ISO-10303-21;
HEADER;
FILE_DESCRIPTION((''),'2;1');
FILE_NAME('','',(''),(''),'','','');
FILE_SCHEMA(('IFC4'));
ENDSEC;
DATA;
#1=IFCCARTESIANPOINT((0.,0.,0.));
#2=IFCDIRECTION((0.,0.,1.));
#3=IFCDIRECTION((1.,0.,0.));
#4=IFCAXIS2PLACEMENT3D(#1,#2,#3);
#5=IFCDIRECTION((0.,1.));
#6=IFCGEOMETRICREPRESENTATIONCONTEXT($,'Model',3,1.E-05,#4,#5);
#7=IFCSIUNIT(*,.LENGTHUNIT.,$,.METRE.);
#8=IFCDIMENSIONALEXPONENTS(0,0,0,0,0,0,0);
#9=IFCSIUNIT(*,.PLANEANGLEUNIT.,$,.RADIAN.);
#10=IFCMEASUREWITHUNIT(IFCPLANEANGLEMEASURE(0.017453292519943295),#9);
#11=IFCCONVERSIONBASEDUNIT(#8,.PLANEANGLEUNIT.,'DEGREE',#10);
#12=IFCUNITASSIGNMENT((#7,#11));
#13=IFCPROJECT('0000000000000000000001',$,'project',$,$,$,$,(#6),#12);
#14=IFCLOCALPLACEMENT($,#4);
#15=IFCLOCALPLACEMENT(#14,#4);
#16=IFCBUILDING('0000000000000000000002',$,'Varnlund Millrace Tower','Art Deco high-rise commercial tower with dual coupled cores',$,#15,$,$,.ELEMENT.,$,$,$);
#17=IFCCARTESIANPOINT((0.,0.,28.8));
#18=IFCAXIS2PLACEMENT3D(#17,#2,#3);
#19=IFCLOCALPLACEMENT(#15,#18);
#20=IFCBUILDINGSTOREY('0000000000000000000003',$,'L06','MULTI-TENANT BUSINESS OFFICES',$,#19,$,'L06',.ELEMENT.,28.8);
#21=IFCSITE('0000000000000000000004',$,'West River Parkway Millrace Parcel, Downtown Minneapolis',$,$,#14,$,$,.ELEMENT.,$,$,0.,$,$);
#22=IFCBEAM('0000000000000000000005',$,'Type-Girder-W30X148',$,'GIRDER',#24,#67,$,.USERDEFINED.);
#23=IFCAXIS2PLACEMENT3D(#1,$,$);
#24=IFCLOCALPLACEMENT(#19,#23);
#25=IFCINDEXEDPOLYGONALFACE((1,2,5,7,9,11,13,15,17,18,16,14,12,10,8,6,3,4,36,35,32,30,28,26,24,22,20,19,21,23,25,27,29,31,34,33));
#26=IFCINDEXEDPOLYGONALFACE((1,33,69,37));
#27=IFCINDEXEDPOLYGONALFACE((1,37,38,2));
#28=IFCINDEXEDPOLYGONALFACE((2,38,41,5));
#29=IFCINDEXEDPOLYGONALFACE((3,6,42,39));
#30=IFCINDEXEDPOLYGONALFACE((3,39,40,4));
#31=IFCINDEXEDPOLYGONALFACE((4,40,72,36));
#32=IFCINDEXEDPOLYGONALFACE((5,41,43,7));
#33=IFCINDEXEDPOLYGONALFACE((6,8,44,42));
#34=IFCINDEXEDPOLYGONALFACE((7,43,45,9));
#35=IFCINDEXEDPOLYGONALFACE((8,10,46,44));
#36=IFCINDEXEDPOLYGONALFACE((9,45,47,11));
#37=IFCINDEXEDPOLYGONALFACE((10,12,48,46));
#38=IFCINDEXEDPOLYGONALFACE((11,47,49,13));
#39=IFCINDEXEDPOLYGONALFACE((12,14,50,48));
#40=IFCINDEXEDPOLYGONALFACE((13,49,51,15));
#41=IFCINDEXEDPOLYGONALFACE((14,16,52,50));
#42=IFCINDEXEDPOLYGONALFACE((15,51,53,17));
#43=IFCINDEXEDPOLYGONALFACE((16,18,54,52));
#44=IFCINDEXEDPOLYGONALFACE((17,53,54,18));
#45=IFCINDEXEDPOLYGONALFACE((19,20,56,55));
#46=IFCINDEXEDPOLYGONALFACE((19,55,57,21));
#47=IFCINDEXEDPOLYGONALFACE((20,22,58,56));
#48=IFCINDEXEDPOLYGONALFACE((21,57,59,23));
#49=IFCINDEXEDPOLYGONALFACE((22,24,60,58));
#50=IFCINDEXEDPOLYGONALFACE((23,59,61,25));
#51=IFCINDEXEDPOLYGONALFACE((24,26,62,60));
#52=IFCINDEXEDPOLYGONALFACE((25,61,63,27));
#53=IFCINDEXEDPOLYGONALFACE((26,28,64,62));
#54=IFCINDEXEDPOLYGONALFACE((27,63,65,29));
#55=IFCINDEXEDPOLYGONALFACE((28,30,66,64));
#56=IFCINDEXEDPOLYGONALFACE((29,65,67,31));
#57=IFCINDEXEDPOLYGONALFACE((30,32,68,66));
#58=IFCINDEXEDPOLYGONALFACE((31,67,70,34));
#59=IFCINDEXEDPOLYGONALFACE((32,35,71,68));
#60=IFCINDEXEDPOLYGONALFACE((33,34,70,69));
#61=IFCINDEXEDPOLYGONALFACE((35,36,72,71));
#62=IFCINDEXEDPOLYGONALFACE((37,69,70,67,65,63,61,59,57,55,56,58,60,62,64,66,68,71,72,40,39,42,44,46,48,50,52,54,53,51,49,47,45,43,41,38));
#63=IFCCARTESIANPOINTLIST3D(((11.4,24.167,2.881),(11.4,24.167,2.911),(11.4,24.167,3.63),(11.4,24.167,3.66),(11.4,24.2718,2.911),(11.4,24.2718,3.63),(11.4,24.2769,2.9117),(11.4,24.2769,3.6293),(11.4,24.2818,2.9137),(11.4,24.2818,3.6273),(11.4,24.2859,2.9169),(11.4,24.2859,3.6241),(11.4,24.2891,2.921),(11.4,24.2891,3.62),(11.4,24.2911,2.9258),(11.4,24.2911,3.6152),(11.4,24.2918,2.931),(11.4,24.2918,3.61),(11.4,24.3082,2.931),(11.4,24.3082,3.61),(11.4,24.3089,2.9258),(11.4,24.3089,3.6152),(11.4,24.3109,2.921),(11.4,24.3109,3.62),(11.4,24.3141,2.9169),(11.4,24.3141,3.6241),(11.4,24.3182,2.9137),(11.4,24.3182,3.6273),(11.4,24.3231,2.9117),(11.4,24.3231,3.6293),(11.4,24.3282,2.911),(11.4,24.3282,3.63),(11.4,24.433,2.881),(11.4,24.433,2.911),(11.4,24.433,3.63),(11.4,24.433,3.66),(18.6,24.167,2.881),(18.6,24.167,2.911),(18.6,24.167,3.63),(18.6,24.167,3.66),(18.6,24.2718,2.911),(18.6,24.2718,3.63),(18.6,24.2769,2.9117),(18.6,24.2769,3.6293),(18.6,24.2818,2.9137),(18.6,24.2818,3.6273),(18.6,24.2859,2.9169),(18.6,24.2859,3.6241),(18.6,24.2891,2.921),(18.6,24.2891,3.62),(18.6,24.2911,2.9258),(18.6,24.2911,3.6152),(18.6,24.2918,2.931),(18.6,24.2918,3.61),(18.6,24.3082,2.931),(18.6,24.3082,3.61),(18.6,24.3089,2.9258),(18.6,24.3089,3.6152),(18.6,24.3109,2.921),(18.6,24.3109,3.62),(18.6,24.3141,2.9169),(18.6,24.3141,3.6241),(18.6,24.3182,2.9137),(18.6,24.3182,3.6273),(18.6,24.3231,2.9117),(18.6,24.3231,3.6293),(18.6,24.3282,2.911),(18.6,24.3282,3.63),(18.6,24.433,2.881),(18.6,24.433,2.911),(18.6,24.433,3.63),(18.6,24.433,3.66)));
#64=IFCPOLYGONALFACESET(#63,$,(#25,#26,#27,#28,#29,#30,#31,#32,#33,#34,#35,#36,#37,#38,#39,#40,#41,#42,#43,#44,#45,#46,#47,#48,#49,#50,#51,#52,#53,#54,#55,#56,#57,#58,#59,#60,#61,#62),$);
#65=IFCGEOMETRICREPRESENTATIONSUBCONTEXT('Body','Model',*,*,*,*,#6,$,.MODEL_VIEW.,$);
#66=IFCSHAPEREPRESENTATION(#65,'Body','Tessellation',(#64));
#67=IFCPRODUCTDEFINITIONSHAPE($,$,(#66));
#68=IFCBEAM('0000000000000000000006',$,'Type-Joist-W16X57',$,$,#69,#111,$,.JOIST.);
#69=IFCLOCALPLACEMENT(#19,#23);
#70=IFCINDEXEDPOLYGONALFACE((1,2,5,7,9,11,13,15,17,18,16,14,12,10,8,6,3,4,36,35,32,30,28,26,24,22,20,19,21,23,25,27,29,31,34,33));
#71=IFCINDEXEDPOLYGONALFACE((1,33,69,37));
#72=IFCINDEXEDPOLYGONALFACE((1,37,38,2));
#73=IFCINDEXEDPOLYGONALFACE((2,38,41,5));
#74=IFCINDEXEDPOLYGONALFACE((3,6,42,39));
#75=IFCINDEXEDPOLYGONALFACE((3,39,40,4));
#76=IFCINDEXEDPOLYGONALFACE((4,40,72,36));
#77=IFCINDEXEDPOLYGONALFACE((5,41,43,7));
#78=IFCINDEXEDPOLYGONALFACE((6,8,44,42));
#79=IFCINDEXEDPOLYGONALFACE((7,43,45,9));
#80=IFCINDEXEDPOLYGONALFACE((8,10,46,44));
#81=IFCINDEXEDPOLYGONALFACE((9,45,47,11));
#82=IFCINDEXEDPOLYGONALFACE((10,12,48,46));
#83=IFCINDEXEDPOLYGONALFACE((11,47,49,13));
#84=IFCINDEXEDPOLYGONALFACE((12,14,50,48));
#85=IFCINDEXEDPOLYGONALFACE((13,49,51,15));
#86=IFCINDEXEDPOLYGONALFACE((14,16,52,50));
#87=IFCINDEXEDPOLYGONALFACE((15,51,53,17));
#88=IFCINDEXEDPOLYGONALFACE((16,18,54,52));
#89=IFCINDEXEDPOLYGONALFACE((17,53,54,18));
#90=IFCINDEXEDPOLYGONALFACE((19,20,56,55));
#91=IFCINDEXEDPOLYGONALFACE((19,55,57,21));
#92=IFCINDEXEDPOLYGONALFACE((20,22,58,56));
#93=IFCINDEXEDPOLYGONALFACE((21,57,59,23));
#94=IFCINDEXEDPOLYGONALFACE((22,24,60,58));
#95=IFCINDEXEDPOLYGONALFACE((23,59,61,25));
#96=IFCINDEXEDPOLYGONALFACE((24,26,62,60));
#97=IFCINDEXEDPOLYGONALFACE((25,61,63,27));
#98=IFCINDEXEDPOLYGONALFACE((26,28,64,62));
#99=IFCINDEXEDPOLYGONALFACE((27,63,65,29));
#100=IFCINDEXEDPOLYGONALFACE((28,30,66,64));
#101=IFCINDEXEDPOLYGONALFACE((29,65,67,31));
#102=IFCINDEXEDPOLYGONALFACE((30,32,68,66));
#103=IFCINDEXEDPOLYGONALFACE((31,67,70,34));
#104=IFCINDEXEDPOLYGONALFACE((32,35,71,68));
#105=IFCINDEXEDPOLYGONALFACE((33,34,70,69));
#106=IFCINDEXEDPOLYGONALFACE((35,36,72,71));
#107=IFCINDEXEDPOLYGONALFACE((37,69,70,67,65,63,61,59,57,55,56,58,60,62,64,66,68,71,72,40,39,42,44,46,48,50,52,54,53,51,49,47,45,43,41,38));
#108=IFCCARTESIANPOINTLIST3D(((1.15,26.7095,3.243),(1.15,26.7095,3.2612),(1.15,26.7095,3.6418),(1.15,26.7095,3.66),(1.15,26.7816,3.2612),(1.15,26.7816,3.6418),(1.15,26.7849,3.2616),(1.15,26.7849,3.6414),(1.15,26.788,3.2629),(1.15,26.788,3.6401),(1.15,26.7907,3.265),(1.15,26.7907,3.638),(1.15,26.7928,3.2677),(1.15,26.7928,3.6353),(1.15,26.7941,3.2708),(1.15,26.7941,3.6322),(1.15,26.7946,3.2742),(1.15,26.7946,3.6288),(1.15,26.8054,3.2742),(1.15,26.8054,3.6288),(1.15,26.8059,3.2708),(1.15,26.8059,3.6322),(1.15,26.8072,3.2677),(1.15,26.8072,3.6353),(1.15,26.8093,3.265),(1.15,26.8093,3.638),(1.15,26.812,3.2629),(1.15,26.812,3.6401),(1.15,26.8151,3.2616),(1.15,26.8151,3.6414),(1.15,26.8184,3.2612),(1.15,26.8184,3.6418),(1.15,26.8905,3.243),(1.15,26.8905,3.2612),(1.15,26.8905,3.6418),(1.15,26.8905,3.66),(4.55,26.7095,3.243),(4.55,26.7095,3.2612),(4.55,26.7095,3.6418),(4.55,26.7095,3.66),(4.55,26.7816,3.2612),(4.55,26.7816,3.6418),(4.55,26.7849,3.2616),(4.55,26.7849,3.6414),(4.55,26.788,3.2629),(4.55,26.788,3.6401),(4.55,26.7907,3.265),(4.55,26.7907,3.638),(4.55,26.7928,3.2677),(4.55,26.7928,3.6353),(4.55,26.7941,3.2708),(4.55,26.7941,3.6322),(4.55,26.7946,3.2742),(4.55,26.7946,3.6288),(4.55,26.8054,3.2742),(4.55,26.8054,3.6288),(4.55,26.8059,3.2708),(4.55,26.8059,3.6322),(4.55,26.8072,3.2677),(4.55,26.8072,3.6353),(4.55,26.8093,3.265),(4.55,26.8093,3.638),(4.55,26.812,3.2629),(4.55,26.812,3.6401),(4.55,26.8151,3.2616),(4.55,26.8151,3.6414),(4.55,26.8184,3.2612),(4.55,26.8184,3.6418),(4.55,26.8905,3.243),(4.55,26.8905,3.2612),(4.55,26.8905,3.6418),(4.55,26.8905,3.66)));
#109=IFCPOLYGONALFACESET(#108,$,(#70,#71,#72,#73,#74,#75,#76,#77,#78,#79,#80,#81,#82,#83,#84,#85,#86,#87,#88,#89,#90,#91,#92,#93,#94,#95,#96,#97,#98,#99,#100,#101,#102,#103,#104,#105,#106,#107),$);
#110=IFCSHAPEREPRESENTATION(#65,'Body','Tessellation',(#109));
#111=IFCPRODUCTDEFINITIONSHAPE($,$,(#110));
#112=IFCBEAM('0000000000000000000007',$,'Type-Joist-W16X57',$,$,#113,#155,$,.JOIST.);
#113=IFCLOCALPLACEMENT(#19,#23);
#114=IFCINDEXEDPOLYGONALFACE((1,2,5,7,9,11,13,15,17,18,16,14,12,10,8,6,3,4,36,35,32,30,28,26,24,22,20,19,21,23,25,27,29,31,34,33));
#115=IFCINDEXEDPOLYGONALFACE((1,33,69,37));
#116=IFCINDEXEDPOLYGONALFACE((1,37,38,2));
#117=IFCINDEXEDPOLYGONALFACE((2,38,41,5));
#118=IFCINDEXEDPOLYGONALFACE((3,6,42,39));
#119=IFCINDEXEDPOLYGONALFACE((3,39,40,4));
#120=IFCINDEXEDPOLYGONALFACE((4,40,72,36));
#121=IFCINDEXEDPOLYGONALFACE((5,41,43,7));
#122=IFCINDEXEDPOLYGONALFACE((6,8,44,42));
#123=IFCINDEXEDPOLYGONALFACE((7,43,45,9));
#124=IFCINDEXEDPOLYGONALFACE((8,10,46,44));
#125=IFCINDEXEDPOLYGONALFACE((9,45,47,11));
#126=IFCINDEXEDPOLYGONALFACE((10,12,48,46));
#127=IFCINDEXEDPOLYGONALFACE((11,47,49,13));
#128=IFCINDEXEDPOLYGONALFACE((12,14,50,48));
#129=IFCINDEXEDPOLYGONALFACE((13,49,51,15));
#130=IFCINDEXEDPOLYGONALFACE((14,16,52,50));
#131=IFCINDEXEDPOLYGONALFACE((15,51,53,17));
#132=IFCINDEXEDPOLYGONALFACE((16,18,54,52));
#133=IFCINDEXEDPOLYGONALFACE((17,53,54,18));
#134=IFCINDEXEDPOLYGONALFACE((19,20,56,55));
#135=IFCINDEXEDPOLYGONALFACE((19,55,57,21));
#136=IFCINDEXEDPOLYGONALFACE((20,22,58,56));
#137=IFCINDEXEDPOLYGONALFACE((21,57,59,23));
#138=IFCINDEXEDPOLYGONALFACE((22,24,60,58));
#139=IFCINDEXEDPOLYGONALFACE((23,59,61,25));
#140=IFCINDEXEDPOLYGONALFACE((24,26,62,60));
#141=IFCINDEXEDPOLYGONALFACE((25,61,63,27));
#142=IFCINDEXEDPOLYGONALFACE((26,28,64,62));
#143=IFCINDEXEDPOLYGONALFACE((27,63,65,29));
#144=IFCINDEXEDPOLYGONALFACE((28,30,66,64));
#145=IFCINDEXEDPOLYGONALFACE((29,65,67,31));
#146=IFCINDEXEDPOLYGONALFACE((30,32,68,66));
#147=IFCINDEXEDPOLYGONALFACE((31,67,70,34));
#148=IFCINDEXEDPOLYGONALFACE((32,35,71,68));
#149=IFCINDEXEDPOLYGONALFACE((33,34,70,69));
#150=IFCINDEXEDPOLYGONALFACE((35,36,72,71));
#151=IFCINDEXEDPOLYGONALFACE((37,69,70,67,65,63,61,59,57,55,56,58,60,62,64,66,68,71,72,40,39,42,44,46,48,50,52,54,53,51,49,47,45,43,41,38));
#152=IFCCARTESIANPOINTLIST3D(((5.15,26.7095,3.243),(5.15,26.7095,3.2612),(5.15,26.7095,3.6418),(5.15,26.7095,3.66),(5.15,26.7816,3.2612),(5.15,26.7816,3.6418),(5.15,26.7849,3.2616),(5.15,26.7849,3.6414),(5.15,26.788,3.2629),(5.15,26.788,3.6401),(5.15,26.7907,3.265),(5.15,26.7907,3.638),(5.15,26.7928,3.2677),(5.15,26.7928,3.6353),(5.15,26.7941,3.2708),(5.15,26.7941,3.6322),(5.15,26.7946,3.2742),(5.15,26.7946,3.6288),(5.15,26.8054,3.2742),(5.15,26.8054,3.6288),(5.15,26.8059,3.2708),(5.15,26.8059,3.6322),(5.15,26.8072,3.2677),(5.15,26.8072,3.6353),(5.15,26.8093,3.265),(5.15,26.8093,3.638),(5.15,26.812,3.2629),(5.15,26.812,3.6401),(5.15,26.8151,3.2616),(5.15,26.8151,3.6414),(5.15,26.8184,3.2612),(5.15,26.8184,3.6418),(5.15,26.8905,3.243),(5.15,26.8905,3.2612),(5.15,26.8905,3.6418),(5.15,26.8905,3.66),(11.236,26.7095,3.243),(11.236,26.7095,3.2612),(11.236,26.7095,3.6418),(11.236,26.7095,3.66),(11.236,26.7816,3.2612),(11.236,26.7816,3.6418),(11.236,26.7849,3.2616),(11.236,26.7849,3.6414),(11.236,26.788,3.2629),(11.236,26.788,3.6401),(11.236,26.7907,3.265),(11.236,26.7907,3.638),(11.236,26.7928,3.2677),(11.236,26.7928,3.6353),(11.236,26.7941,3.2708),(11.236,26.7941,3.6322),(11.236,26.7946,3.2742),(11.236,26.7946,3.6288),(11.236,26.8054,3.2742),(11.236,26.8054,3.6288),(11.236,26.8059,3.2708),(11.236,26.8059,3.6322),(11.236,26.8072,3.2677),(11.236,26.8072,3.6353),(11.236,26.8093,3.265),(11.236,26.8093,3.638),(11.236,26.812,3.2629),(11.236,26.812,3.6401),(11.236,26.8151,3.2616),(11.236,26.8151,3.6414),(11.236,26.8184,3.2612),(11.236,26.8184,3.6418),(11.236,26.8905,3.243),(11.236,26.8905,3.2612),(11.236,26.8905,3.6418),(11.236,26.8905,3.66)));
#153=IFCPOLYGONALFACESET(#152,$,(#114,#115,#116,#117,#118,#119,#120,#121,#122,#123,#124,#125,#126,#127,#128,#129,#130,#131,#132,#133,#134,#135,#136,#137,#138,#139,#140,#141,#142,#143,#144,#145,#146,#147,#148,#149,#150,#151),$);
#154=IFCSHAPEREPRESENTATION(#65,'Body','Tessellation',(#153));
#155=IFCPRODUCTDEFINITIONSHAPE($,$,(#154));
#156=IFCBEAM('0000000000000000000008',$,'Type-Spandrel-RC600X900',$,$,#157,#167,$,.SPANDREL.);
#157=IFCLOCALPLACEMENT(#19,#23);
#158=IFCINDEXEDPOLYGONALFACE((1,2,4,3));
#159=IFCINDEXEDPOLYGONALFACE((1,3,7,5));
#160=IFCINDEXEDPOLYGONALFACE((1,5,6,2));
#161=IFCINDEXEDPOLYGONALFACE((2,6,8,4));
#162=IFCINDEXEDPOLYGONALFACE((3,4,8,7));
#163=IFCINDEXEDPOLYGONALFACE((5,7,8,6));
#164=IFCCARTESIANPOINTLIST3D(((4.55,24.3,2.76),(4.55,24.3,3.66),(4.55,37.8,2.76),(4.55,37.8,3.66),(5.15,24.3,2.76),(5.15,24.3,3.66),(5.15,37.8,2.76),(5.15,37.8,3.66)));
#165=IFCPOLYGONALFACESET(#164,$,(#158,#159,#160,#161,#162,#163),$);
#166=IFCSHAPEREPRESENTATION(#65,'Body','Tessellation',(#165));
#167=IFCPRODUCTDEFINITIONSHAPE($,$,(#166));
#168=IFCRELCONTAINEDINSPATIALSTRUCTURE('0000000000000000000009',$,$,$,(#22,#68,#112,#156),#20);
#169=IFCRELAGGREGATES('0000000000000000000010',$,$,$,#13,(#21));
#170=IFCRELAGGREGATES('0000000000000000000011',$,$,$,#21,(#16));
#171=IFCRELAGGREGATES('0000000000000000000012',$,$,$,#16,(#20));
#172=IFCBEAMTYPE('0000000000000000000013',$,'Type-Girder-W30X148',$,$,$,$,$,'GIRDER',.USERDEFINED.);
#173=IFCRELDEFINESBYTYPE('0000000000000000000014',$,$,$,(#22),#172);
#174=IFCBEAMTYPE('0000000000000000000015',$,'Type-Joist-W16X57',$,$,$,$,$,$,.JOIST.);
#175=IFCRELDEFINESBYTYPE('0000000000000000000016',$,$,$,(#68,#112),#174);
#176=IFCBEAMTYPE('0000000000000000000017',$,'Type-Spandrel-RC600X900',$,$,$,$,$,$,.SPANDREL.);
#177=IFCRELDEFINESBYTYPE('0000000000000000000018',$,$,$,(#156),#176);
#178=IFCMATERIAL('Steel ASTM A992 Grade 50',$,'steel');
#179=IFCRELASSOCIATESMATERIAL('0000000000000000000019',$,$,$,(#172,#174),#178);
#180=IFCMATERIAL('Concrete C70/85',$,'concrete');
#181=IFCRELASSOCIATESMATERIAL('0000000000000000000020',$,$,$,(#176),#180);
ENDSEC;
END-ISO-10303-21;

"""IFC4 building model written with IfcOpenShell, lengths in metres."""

from ifc_helpers import new_model, entity, si_unit, converted_unit, direction, frame, origin_with_axes, origin_2d_with_axis, place, context, subcontext, project, spatial, rectangle, i_section, extrude, material, material_profile, profile_set, type_object, element, save


model = new_model("IFC4")

# Units and contexts
model_context = context("Model", 3, precision=1e-05, world=origin_with_axes(), true_north=direction((0.0, 1.0)))
body_context = subcontext(model_context, "Body", "Model", "MODEL_VIEW")
ifc_project = project(units=[si_unit("LENGTHUNIT", "METRE"), converted_unit("PLANEANGLEUNIT", "DEGREE", entity("IfcPlaneAngleMeasure", 0.017453292519943295), si_unit("PLANEANGLEUNIT", "RADIAN"), dimensions=[0, 0, 0, 0, 0, 0, 0])], contexts=[model_context])

# Site, building, storey
site_placement = place(None, origin_with_axes())
site = spatial("IfcSite", under=ifc_project, at=site_placement, Name="West River Parkway Millrace Parcel, Downtown Minneapolis", CompositionType="ELEMENT", RefElevation=0.0)
building_placement = place(site_placement, origin_with_axes())
building = spatial("IfcBuilding", under=site, at=building_placement, Name="Varnlund Millrace Tower", Description="Art Deco high-rise commercial tower with dual coupled cores", CompositionType="ELEMENT")
storey_placement = place(building_placement, frame((0.0, 0.0, 28.8), z_axis=(0.0, 0.0, 1.0), x_axis=(1.0, 0.0, 0.0)))
storey = spatial("IfcBuildingStorey", under=building, at=storey_placement, Name="L06", Description="MULTI-TENANT BUSINESS OFFICES", LongName="L06", CompositionType="ELEMENT", Elevation=28.8)

# Beams
ifc_material_1 = material(Name="Steel ASTM A992 Grade 50", Category="steel")
ifc_material_profile_1 = material_profile(ifc_material_1, i_section(OverallWidth=0.266, OverallDepth=0.779, WebThickness=0.0165, FlangeThickness=0.03, FilletRadius=0.02, at=origin_2d_with_axis()), Name="Steel ASTM A992 Grade 50")
ifc_profile_set_1 = profile_set([ifc_material_profile_1], Name="Steel ASTM A992 Grade 50")
beam_type_1 = type_object("IfcBeamType", Name="Type-Girder-W30X148", ElementType="GIRDER", PredefinedType="USERDEFINED", material=ifc_profile_set_1)
beam_1_placement = place(storey_placement, frame((11.4, 24.3, 3.2705), z_axis=(1.0, 0.0, 0.0), x_axis=(0.0, 1.0, 0.0)))
element("IfcBeam", 1, at=beam_1_placement, inside=storey, type_object=beam_type_1, Name="Type-Girder-W30X148", ObjectType="GIRDER", PredefinedType="USERDEFINED", context=body_context, shape_type="SweptSolid", body=[
    extrude(i_section(OverallWidth=0.266, OverallDepth=0.779, WebThickness=0.0165, FlangeThickness=0.03, FilletRadius=0.02, at=origin_2d_with_axis()), origin_with_axes(), (0.0, 0.0, 1.0), 7.2),
])
ifc_material_profile_2 = material_profile(ifc_material_1, i_section(OverallWidth=0.181, OverallDepth=0.417, WebThickness=0.0109, FlangeThickness=0.0182, FilletRadius=0.013, at=origin_2d_with_axis()), Name="Steel ASTM A992 Grade 50")
ifc_profile_set_2 = profile_set([ifc_material_profile_2], Name="Steel ASTM A992 Grade 50")
beam_type_2 = type_object("IfcBeamType", Name="Type-Joist-W16X57", PredefinedType="JOIST", material=ifc_profile_set_2)
beam_2_placement = place(storey_placement, frame((1.15, 26.8, 3.4515), z_axis=(1.0, 0.0, 0.0), x_axis=(0.0, 1.0, 0.0)))
element("IfcBeam", 2, at=beam_2_placement, inside=storey, type_object=beam_type_2, Name="Type-Joist-W16X57", PredefinedType="JOIST", context=body_context, shape_type="SweptSolid", body=[
    extrude(i_section(OverallWidth=0.181, OverallDepth=0.417, WebThickness=0.0109, FlangeThickness=0.0182, FilletRadius=0.013, at=origin_2d_with_axis()), origin_with_axes(), (0.0, 0.0, 1.0), 3.4),
])
beam_3_placement = place(storey_placement, frame((5.15, 26.8, 3.4515), z_axis=(1.0, 0.0, 0.0), x_axis=(0.0, 1.0, 0.0)))
element("IfcBeam", 3, at=beam_3_placement, inside=storey, type_object=beam_type_2, Name="Type-Joist-W16X57", PredefinedType="JOIST", context=body_context, shape_type="SweptSolid", body=[
    extrude(i_section(OverallWidth=0.181, OverallDepth=0.417, WebThickness=0.0109, FlangeThickness=0.0182, FilletRadius=0.013, at=origin_2d_with_axis()), origin_with_axes(), (0.0, 0.0, 1.0), 6.086),
])
ifc_material_2 = material(Name="Concrete C70/85", Category="concrete")
ifc_material_profile_3 = material_profile(ifc_material_2, rectangle(XDim=0.6, YDim=0.9, at=origin_2d_with_axis()), Name="Concrete C70/85")
ifc_profile_set_3 = profile_set([ifc_material_profile_3], Name="Concrete C70/85")
beam_type_3 = type_object("IfcBeamType", Name="Type-Spandrel-RC600X900", PredefinedType="SPANDREL", material=ifc_profile_set_3)
beam_4_placement = place(storey_placement, frame((4.85, 24.3, 3.21), z_axis=(0.0, 1.0, 0.0), x_axis=(-1.0, 0.0, 0.0)))
element("IfcBeam", 4, at=beam_4_placement, inside=storey, type_object=beam_type_3, Name="Type-Spandrel-RC600X900", PredefinedType="SPANDREL", context=body_context, shape_type="SweptSolid", body=[
    extrude(rectangle(XDim=0.6, YDim=0.9, at=origin_2d_with_axis()), origin_with_axes(), (0.0, 0.0, 1.0), 13.5),
])

save(model, "model.ifc")
